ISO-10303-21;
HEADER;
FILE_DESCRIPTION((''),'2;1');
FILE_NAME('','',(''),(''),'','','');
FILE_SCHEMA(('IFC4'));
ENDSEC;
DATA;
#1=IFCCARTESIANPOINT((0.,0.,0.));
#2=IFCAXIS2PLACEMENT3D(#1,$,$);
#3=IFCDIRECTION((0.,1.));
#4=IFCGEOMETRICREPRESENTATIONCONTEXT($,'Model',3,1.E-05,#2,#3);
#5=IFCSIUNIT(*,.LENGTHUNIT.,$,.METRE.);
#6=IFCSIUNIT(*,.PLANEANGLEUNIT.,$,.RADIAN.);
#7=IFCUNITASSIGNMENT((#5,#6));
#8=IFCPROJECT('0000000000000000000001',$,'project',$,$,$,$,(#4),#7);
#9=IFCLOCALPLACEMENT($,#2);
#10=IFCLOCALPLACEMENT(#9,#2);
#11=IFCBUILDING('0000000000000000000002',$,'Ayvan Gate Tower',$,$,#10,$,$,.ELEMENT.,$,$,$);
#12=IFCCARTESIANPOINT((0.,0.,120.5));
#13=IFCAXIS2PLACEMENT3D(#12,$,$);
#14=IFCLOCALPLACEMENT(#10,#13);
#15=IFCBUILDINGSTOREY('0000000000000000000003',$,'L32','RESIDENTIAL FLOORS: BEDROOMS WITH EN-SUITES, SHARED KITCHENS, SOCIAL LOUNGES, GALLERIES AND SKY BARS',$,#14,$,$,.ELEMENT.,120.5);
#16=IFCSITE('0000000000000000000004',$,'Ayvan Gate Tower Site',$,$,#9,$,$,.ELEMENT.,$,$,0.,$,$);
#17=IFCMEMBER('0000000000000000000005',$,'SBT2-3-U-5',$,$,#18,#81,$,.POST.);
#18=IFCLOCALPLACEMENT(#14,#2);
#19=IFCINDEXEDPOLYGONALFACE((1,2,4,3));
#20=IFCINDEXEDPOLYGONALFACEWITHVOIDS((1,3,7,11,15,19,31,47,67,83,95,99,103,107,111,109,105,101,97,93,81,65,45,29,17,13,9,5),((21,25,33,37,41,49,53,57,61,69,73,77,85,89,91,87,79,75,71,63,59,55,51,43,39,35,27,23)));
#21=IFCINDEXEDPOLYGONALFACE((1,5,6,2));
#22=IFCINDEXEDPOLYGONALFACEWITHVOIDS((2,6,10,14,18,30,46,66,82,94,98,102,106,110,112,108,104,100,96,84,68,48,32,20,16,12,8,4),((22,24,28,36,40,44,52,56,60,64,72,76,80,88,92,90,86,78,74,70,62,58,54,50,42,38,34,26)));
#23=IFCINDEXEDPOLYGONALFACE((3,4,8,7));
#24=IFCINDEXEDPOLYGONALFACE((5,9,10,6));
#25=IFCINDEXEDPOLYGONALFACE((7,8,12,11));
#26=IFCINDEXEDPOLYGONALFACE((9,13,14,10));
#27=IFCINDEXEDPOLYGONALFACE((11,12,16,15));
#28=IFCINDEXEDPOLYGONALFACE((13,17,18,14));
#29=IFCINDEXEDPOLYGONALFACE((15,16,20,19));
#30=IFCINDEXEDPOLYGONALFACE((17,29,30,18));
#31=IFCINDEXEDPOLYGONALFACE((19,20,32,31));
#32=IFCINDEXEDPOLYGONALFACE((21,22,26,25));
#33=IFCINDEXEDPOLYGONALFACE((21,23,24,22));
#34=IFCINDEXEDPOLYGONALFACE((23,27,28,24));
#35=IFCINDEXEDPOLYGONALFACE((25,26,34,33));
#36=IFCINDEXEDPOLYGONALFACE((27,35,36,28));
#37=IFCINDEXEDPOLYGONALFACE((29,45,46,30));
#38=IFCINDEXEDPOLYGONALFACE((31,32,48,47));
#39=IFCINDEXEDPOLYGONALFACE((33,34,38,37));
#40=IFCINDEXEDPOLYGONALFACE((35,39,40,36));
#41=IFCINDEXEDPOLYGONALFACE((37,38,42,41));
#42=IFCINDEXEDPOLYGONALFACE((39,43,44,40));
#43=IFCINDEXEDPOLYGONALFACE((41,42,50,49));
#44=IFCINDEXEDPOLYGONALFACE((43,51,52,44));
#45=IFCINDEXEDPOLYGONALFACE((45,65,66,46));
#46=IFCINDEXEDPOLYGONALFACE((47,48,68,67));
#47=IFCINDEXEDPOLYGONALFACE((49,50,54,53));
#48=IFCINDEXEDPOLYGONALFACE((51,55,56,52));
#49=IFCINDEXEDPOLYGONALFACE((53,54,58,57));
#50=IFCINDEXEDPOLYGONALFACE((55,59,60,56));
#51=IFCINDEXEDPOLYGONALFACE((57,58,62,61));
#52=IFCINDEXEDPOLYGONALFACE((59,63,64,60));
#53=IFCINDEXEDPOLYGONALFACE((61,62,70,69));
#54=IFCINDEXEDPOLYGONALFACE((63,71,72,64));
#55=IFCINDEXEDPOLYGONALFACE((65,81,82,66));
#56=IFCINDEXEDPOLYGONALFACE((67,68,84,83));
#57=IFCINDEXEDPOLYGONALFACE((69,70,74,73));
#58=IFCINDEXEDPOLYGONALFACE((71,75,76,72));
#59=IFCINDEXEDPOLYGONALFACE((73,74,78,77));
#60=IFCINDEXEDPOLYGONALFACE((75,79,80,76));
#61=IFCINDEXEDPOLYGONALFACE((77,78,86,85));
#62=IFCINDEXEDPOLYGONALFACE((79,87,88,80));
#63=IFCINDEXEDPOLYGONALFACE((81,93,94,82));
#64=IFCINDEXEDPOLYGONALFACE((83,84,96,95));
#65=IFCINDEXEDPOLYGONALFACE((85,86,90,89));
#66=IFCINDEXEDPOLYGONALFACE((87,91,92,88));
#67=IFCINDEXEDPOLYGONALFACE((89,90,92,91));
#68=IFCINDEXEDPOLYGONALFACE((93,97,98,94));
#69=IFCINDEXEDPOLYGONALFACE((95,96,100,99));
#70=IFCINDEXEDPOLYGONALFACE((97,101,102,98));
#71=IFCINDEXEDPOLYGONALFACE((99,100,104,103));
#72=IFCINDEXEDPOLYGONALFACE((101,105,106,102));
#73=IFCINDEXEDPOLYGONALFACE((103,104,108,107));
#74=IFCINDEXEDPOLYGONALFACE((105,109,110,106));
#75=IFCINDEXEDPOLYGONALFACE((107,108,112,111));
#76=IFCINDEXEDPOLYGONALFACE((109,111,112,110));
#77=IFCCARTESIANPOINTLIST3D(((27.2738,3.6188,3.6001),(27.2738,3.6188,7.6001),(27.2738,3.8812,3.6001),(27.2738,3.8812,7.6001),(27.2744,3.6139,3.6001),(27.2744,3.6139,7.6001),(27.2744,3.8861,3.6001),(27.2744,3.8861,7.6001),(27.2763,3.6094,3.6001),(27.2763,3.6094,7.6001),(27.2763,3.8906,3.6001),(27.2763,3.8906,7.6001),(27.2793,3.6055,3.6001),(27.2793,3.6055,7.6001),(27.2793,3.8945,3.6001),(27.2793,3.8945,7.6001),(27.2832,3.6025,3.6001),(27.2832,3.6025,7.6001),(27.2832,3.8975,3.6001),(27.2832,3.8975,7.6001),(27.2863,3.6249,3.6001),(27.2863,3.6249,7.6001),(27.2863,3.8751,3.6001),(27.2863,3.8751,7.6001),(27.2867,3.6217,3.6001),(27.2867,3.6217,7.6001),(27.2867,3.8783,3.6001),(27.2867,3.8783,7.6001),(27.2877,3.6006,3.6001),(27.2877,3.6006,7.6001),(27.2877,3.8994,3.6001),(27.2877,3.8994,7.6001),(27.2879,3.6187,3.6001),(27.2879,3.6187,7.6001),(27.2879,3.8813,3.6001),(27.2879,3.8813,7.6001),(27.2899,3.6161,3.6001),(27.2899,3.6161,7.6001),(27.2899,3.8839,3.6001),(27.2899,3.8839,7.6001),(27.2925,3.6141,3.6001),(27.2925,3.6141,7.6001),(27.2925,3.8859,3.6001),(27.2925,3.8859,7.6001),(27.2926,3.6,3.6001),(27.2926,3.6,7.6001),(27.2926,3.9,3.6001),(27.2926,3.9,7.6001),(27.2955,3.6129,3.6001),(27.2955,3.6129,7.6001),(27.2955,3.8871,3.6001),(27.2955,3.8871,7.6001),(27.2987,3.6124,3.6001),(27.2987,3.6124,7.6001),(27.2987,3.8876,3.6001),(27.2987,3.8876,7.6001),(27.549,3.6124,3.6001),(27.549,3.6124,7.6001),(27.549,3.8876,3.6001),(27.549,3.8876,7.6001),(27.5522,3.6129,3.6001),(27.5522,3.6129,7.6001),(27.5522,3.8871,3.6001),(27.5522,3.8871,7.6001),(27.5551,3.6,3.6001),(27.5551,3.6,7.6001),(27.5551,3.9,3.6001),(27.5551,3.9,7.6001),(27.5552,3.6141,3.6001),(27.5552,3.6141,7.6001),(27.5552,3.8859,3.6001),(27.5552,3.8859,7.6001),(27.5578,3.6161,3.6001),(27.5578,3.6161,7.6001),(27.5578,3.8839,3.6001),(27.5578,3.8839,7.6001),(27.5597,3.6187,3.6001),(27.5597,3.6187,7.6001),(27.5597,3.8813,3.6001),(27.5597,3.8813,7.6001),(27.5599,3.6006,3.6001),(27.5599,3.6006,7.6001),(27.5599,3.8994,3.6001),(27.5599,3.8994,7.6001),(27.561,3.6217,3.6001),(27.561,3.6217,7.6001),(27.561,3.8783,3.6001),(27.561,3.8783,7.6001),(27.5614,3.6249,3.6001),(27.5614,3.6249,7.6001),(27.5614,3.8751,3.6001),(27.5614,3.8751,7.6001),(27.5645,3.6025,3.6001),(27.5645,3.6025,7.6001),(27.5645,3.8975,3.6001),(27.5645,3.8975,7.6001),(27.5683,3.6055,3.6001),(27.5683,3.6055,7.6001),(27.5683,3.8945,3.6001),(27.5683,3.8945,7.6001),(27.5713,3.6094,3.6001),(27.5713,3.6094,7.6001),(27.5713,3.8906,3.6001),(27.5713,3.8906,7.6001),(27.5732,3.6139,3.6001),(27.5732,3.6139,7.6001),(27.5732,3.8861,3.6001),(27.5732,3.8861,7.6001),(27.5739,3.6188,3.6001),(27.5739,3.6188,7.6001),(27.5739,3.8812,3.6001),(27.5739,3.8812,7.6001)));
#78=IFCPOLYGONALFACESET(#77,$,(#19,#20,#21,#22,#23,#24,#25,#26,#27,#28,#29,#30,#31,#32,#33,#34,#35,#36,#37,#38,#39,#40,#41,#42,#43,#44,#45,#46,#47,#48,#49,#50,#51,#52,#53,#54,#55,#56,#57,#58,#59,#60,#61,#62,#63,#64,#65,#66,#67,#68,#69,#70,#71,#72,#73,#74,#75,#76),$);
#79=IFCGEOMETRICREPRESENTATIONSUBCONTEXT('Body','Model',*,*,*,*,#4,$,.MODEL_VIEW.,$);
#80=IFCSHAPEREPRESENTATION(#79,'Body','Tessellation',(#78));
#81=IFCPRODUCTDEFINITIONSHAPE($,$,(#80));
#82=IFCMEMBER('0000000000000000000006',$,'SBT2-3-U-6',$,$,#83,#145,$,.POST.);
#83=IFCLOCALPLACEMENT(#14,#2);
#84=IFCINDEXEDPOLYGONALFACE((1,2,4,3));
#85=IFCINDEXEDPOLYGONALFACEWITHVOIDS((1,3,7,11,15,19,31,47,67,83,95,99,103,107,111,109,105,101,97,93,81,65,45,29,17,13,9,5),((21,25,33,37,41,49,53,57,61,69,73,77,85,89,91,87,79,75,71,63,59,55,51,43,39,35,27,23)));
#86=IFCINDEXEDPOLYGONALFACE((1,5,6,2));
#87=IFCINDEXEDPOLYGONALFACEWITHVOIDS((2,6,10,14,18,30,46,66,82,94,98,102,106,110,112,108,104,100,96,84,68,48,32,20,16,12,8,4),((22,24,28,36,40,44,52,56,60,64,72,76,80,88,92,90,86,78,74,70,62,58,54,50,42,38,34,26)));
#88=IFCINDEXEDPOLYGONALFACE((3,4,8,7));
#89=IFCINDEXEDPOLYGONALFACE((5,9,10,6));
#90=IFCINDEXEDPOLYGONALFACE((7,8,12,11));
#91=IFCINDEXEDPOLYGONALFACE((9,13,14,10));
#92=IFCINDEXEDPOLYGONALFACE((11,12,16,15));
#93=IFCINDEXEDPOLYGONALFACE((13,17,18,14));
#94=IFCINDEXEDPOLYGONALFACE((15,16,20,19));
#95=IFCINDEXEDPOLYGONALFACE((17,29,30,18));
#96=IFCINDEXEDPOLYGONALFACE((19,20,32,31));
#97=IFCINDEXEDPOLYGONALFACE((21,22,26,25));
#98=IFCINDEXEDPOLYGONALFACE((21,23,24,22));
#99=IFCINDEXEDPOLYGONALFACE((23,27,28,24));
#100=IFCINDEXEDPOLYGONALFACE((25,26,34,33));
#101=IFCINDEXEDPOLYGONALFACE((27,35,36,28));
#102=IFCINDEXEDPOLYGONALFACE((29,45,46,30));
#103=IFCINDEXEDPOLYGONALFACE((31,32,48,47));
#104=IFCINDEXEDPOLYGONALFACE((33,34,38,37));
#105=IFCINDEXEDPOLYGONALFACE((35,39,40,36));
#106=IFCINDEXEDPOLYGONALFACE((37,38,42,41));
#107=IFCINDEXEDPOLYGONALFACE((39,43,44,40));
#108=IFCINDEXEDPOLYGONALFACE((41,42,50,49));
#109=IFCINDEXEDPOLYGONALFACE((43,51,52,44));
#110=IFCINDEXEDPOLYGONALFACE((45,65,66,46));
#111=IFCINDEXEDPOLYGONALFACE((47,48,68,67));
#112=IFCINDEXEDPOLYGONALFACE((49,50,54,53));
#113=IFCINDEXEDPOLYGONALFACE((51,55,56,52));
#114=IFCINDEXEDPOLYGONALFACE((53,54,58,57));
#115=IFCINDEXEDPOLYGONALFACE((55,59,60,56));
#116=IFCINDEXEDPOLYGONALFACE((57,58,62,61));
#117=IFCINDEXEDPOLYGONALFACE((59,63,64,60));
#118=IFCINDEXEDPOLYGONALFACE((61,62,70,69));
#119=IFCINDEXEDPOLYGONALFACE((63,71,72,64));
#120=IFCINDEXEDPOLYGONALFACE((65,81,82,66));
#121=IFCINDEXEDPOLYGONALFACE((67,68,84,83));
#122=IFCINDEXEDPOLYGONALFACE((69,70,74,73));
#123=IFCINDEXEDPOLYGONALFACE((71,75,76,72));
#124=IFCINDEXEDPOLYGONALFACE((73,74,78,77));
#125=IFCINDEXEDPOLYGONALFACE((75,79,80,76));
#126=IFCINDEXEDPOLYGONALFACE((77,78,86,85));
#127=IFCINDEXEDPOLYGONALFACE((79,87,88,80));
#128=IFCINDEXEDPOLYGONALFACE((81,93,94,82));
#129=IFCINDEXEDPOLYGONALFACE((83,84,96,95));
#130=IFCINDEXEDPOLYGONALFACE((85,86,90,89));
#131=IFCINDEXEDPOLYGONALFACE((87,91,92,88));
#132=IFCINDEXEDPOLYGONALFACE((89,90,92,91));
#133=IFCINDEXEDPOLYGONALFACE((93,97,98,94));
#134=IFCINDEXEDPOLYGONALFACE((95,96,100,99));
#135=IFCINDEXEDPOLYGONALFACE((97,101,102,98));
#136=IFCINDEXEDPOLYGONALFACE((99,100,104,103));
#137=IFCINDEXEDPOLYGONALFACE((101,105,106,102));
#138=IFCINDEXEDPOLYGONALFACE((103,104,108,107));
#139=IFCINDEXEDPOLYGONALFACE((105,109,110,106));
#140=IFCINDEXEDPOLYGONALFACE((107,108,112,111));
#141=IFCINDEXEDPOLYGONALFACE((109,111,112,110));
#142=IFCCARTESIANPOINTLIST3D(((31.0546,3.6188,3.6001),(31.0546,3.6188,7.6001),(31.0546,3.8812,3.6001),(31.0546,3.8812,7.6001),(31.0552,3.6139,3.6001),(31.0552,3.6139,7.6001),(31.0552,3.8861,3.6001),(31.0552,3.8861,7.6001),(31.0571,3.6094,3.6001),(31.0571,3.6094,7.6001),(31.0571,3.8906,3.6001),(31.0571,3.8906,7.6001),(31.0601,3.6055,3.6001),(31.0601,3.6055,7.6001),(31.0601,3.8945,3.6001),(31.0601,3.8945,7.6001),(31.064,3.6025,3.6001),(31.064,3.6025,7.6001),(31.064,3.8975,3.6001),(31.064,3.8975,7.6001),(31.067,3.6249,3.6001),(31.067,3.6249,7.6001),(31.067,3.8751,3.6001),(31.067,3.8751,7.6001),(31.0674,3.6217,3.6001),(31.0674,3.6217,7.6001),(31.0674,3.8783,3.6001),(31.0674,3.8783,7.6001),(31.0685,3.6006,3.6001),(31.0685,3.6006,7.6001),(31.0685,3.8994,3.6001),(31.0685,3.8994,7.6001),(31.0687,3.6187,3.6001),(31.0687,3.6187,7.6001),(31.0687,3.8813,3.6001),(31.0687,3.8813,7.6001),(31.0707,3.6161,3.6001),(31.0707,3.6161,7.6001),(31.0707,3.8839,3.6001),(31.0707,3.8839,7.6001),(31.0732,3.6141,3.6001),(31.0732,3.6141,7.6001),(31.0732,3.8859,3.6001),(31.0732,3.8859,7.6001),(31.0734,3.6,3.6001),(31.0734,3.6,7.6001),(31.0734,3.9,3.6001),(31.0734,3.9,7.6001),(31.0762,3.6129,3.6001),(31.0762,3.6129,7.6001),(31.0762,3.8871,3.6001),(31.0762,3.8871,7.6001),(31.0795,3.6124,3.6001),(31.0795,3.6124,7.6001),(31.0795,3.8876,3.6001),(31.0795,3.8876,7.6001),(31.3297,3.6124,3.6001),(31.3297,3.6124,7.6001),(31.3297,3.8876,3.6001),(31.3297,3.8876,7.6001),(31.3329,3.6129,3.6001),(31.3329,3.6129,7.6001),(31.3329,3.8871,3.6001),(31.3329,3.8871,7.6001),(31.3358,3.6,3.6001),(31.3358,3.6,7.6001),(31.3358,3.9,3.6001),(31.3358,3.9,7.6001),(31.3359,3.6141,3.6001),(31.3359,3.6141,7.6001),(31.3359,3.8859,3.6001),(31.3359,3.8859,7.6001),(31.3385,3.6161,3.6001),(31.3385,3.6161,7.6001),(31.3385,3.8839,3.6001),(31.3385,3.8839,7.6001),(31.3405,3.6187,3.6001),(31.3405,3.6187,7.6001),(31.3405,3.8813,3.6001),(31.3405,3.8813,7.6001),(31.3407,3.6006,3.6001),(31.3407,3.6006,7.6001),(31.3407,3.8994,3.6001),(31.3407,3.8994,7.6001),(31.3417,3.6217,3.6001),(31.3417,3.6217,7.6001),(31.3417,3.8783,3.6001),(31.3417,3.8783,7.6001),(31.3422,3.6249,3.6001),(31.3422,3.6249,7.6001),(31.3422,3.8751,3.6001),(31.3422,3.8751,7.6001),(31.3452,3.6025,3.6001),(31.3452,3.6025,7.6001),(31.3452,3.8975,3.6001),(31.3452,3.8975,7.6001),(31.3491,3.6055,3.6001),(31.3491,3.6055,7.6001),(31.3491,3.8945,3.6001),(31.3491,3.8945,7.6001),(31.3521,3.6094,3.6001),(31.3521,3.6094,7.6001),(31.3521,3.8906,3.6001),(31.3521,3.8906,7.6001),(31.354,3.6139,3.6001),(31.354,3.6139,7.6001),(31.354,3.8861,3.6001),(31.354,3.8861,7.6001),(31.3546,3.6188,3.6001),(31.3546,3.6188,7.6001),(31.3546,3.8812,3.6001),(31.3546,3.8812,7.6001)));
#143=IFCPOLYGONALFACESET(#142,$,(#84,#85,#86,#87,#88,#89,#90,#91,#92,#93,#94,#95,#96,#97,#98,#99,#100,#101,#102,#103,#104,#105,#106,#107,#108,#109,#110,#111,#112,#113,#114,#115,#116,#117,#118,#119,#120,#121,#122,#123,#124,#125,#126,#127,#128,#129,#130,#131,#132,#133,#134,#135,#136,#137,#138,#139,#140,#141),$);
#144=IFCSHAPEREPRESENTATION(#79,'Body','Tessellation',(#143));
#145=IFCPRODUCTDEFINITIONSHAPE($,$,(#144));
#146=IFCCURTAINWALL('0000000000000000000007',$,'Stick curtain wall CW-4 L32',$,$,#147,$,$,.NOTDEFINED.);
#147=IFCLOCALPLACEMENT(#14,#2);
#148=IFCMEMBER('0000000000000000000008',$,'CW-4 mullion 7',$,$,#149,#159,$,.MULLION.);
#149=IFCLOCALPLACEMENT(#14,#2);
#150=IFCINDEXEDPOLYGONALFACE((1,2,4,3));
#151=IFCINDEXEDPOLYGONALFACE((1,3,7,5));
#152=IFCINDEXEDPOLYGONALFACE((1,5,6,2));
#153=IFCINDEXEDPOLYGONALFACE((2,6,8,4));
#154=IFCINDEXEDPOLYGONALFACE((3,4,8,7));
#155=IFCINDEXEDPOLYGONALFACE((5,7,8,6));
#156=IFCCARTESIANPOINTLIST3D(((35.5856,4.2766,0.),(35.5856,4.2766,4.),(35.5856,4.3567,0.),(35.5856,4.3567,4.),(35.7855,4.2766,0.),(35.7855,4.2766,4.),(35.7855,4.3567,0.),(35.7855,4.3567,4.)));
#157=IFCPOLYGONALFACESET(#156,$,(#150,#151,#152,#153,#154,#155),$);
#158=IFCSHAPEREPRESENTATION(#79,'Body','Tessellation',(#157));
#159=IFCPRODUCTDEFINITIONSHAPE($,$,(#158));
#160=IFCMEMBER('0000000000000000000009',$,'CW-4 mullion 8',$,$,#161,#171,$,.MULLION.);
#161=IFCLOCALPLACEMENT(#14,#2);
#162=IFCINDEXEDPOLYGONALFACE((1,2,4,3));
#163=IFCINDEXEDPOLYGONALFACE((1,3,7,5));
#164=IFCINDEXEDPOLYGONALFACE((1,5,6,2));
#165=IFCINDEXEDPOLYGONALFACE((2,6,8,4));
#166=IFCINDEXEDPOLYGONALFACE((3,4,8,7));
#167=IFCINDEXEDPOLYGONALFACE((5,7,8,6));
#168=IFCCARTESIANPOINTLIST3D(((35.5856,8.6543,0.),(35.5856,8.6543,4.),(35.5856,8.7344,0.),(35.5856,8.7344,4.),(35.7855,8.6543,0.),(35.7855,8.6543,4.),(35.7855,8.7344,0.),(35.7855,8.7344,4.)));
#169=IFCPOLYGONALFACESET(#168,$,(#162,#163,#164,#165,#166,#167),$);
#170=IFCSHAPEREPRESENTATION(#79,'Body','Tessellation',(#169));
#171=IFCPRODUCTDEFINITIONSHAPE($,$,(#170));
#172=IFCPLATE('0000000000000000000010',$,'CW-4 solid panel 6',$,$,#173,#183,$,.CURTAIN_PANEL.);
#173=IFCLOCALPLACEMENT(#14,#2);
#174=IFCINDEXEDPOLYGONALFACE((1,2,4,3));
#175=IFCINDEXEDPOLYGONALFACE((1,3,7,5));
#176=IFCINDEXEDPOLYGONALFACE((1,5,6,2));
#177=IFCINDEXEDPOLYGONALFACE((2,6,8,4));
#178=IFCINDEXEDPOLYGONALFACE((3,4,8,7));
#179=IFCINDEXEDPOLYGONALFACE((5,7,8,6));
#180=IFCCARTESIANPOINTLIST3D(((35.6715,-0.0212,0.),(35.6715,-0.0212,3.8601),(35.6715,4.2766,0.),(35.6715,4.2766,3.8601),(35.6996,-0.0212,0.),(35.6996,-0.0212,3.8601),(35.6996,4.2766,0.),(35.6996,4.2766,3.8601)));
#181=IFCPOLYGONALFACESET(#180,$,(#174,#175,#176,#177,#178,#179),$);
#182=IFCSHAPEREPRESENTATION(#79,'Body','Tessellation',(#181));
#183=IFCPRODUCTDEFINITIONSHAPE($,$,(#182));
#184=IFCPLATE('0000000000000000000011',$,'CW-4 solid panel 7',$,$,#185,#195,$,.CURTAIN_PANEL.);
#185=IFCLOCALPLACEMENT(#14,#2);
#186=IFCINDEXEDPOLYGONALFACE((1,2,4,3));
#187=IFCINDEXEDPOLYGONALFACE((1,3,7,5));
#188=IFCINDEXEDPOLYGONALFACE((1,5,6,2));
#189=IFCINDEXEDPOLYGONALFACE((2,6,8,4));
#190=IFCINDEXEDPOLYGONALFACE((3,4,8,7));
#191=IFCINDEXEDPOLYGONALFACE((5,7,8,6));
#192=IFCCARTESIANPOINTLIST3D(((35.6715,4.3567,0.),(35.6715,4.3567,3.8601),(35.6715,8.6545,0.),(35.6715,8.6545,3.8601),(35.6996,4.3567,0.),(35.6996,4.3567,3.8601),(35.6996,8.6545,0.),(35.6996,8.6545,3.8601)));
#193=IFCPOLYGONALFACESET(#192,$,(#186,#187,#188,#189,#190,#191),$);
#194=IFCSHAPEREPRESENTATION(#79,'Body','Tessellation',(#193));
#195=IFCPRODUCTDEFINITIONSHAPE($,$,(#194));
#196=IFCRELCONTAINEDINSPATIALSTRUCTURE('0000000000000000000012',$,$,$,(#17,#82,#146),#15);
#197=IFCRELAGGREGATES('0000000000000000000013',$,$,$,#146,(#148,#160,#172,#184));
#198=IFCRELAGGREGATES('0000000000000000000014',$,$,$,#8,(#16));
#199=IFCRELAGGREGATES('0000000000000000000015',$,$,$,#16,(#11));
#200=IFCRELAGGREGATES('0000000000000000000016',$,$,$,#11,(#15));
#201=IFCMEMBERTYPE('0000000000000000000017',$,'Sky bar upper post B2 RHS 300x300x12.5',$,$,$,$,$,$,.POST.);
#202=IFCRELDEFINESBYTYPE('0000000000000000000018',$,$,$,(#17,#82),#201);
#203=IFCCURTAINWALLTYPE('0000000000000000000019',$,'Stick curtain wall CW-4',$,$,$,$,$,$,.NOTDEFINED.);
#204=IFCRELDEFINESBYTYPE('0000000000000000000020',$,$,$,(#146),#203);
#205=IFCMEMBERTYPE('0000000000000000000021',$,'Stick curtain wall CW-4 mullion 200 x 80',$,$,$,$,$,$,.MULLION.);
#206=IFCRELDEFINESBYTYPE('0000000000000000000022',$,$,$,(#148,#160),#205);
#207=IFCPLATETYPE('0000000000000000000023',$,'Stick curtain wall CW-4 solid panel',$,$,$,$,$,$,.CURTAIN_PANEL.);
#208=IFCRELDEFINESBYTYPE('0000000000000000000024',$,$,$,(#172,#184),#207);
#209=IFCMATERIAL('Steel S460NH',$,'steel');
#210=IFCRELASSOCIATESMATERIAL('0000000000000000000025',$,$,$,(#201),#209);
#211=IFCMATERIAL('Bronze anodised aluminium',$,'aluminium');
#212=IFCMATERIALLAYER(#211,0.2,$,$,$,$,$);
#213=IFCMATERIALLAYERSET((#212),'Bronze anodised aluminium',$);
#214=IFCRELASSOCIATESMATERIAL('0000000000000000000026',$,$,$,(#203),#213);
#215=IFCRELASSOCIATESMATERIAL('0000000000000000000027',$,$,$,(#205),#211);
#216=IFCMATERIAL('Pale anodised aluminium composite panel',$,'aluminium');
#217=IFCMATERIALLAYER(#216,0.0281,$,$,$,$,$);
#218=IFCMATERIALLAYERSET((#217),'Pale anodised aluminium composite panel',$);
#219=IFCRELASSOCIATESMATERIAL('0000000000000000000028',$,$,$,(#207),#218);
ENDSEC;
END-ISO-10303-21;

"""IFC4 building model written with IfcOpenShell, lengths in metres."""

from ifc_helpers import new_model, si_unit, direction, frame, origin, origin_2d, place, context, subcontext, project, spatial, rectangle, hollow_rectangle, extrude, material, layer, layer_set, material_profile, profile_set, type_object, element, aggregate, save


model = new_model("IFC4")

# Units and contexts
model_context = context("Model", 3, precision=1e-05, world=origin(), true_north=direction((0.0, 1.0)))
body_context = subcontext(model_context, "Body", "Model", "MODEL_VIEW")
ifc_project = project(units=[si_unit("LENGTHUNIT", "METRE"), si_unit("PLANEANGLEUNIT", "RADIAN")], contexts=[model_context])

# Site, building, storey
site_placement = place(None, origin())
site = spatial("IfcSite", under=ifc_project, at=site_placement, Name="Ayvan Gate Tower Site", CompositionType="ELEMENT", RefElevation=0.0)
building_placement = place(site_placement, origin())
building = spatial("IfcBuilding", under=site, at=building_placement, Name="Ayvan Gate Tower", CompositionType="ELEMENT")
storey_placement = place(building_placement, frame((0.0, 0.0, 120.5)))
storey = spatial("IfcBuildingStorey", under=building, at=storey_placement, Name="L32", Description="RESIDENTIAL FLOORS: BEDROOMS WITH EN-SUITES, SHARED KITCHENS, SOCIAL LOUNGES, GALLERIES AND SKY BARS", CompositionType="ELEMENT", Elevation=120.5)

# Members
ifc_material_1 = material(Name="Steel S460NH", Category="steel")
ifc_material_profile_1 = material_profile(ifc_material_1, hollow_rectangle(XDim=0.3, YDim=0.3, WallThickness=0.0125, InnerFilletRadius=0.0125, OuterFilletRadius=0.0188, at=origin_2d()), Name="RHS 300x300x12.5")
ifc_profile_set_1 = profile_set([ifc_material_profile_1], Name="Steel S460NH")
member_type_1 = type_object("IfcMemberType", Name="Sky bar upper post B2 RHS 300x300x12.5", PredefinedType="POST", material=ifc_profile_set_1)
for number, where, z_axis, x_axis, name in (
    (1, (27.4238, 3.75, 3.6001), (0.0, 0.0, 1.0), (1.0, 0.0, 0.0), "SBT2-3-U-5"),
    (2, (31.2046, 3.75, 3.6001), (0.0, 0.0, 1.0), (1.0, 0.0, 0.0), "SBT2-3-U-6"),
):
    element("IfcMember", number, at=place(storey_placement, frame(where, z_axis=z_axis, x_axis=x_axis)), inside=storey, type_object=member_type_1, Name=name, PredefinedType="POST", context=body_context, shape_type="SweptSolid", body=[
        extrude(hollow_rectangle(XDim=0.3, YDim=0.3, WallThickness=0.0125, InnerFilletRadius=0.0125, OuterFilletRadius=0.0188, at=origin_2d()), origin(), (0.0, 0.0, 1.0), 4.0),
    ])

# Curtain wall, members, plates
ifc_material_2 = material(Name="Bronze anodised aluminium", Category="aluminium")
ifc_layer_1 = layer(ifc_material_2, 0.2)
ifc_layer_set_1 = layer_set([ifc_layer_1], Name="Bronze anodised aluminium")
curtain_wall_type = type_object("IfcCurtainWallType", Name="Stick curtain wall CW-4", PredefinedType="NOTDEFINED", material=ifc_layer_set_1)
curtain_wall_placement = place(storey_placement, origin())
curtain_wall = element("IfcCurtainWall", 3, at=curtain_wall_placement, inside=storey, type_object=curtain_wall_type, Name="Stick curtain wall CW-4 L32", PredefinedType="NOTDEFINED")
ifc_material_profile_2 = material_profile(ifc_material_2, rectangle(XDim=0.2, YDim=0.0801, at=origin_2d()), Name="Stick curtain wall CW-4 mullion 200 x 80")
ifc_profile_set_2 = profile_set([ifc_material_profile_2], Name="Bronze anodised aluminium")
member_type_2 = type_object("IfcMemberType", Name="Stick curtain wall CW-4 mullion 200 x 80", PredefinedType="MULLION", material=ifc_profile_set_2)
member_1_placement = place(storey_placement, frame((35.6855, 4.3167, 0.0), z_axis=(0.0, 0.0, 1.0), x_axis=(1.0, 0.0, 0.0)))
member_1 = element("IfcMember", 4, at=member_1_placement, type_object=member_type_2, Name="CW-4 mullion 7", PredefinedType="MULLION", context=body_context, shape_type="SweptSolid", body=[
    extrude(rectangle(XDim=0.2, YDim=0.0801, at=origin_2d()), origin(), (0.0, 0.0, 1.0), 4.0),
])
member_2_placement = place(storey_placement, frame((35.6855, 8.6943, 0.0), z_axis=(0.0, 0.0, 1.0), x_axis=(1.0, 0.0, 0.0)))
member_2 = element("IfcMember", 5, at=member_2_placement, type_object=member_type_2, Name="CW-4 mullion 8", PredefinedType="MULLION", context=body_context, shape_type="SweptSolid", body=[
    extrude(rectangle(XDim=0.2, YDim=0.0801, at=origin_2d()), origin(), (0.0, 0.0, 1.0), 4.0),
])
ifc_material_3 = material(Name="Pale anodised aluminium composite panel", Category="aluminium")
ifc_layer_2 = layer(ifc_material_3, 0.0281)
ifc_layer_set_2 = layer_set([ifc_layer_2], Name="Pale anodised aluminium composite panel")
plate_type = type_object("IfcPlateType", Name="Stick curtain wall CW-4 solid panel", PredefinedType="CURTAIN_PANEL", material=ifc_layer_set_2)
plate_1_placement = place(storey_placement, frame((35.6855, 2.1277, 0.0), z_axis=(0.0, 0.0, 1.0), x_axis=(0.0, 1.0, 0.0)))
plate_1 = element("IfcPlate", 6, at=plate_1_placement, type_object=plate_type, Name="CW-4 solid panel 6", PredefinedType="CURTAIN_PANEL", context=body_context, shape_type="SweptSolid", body=[
    extrude(rectangle(XDim=4.2979, YDim=0.0281, at=origin_2d()), origin(), (0.0, 0.0, 1.0), 3.8601),
])
plate_2_placement = place(storey_placement, frame((35.6855, 6.5056, 0.0), z_axis=(0.0, 0.0, 1.0), x_axis=(0.0, 1.0, 0.0)))
plate_2 = element("IfcPlate", 7, at=plate_2_placement, type_object=plate_type, Name="CW-4 solid panel 7", PredefinedType="CURTAIN_PANEL", context=body_context, shape_type="SweptSolid", body=[
    extrude(rectangle(XDim=4.2979, YDim=0.0281, at=origin_2d()), origin(), (0.0, 0.0, 1.0), 3.8601),
])
aggregate(curtain_wall, [member_1, member_2, plate_1, plate_2])

save(model, "model.ifc")
